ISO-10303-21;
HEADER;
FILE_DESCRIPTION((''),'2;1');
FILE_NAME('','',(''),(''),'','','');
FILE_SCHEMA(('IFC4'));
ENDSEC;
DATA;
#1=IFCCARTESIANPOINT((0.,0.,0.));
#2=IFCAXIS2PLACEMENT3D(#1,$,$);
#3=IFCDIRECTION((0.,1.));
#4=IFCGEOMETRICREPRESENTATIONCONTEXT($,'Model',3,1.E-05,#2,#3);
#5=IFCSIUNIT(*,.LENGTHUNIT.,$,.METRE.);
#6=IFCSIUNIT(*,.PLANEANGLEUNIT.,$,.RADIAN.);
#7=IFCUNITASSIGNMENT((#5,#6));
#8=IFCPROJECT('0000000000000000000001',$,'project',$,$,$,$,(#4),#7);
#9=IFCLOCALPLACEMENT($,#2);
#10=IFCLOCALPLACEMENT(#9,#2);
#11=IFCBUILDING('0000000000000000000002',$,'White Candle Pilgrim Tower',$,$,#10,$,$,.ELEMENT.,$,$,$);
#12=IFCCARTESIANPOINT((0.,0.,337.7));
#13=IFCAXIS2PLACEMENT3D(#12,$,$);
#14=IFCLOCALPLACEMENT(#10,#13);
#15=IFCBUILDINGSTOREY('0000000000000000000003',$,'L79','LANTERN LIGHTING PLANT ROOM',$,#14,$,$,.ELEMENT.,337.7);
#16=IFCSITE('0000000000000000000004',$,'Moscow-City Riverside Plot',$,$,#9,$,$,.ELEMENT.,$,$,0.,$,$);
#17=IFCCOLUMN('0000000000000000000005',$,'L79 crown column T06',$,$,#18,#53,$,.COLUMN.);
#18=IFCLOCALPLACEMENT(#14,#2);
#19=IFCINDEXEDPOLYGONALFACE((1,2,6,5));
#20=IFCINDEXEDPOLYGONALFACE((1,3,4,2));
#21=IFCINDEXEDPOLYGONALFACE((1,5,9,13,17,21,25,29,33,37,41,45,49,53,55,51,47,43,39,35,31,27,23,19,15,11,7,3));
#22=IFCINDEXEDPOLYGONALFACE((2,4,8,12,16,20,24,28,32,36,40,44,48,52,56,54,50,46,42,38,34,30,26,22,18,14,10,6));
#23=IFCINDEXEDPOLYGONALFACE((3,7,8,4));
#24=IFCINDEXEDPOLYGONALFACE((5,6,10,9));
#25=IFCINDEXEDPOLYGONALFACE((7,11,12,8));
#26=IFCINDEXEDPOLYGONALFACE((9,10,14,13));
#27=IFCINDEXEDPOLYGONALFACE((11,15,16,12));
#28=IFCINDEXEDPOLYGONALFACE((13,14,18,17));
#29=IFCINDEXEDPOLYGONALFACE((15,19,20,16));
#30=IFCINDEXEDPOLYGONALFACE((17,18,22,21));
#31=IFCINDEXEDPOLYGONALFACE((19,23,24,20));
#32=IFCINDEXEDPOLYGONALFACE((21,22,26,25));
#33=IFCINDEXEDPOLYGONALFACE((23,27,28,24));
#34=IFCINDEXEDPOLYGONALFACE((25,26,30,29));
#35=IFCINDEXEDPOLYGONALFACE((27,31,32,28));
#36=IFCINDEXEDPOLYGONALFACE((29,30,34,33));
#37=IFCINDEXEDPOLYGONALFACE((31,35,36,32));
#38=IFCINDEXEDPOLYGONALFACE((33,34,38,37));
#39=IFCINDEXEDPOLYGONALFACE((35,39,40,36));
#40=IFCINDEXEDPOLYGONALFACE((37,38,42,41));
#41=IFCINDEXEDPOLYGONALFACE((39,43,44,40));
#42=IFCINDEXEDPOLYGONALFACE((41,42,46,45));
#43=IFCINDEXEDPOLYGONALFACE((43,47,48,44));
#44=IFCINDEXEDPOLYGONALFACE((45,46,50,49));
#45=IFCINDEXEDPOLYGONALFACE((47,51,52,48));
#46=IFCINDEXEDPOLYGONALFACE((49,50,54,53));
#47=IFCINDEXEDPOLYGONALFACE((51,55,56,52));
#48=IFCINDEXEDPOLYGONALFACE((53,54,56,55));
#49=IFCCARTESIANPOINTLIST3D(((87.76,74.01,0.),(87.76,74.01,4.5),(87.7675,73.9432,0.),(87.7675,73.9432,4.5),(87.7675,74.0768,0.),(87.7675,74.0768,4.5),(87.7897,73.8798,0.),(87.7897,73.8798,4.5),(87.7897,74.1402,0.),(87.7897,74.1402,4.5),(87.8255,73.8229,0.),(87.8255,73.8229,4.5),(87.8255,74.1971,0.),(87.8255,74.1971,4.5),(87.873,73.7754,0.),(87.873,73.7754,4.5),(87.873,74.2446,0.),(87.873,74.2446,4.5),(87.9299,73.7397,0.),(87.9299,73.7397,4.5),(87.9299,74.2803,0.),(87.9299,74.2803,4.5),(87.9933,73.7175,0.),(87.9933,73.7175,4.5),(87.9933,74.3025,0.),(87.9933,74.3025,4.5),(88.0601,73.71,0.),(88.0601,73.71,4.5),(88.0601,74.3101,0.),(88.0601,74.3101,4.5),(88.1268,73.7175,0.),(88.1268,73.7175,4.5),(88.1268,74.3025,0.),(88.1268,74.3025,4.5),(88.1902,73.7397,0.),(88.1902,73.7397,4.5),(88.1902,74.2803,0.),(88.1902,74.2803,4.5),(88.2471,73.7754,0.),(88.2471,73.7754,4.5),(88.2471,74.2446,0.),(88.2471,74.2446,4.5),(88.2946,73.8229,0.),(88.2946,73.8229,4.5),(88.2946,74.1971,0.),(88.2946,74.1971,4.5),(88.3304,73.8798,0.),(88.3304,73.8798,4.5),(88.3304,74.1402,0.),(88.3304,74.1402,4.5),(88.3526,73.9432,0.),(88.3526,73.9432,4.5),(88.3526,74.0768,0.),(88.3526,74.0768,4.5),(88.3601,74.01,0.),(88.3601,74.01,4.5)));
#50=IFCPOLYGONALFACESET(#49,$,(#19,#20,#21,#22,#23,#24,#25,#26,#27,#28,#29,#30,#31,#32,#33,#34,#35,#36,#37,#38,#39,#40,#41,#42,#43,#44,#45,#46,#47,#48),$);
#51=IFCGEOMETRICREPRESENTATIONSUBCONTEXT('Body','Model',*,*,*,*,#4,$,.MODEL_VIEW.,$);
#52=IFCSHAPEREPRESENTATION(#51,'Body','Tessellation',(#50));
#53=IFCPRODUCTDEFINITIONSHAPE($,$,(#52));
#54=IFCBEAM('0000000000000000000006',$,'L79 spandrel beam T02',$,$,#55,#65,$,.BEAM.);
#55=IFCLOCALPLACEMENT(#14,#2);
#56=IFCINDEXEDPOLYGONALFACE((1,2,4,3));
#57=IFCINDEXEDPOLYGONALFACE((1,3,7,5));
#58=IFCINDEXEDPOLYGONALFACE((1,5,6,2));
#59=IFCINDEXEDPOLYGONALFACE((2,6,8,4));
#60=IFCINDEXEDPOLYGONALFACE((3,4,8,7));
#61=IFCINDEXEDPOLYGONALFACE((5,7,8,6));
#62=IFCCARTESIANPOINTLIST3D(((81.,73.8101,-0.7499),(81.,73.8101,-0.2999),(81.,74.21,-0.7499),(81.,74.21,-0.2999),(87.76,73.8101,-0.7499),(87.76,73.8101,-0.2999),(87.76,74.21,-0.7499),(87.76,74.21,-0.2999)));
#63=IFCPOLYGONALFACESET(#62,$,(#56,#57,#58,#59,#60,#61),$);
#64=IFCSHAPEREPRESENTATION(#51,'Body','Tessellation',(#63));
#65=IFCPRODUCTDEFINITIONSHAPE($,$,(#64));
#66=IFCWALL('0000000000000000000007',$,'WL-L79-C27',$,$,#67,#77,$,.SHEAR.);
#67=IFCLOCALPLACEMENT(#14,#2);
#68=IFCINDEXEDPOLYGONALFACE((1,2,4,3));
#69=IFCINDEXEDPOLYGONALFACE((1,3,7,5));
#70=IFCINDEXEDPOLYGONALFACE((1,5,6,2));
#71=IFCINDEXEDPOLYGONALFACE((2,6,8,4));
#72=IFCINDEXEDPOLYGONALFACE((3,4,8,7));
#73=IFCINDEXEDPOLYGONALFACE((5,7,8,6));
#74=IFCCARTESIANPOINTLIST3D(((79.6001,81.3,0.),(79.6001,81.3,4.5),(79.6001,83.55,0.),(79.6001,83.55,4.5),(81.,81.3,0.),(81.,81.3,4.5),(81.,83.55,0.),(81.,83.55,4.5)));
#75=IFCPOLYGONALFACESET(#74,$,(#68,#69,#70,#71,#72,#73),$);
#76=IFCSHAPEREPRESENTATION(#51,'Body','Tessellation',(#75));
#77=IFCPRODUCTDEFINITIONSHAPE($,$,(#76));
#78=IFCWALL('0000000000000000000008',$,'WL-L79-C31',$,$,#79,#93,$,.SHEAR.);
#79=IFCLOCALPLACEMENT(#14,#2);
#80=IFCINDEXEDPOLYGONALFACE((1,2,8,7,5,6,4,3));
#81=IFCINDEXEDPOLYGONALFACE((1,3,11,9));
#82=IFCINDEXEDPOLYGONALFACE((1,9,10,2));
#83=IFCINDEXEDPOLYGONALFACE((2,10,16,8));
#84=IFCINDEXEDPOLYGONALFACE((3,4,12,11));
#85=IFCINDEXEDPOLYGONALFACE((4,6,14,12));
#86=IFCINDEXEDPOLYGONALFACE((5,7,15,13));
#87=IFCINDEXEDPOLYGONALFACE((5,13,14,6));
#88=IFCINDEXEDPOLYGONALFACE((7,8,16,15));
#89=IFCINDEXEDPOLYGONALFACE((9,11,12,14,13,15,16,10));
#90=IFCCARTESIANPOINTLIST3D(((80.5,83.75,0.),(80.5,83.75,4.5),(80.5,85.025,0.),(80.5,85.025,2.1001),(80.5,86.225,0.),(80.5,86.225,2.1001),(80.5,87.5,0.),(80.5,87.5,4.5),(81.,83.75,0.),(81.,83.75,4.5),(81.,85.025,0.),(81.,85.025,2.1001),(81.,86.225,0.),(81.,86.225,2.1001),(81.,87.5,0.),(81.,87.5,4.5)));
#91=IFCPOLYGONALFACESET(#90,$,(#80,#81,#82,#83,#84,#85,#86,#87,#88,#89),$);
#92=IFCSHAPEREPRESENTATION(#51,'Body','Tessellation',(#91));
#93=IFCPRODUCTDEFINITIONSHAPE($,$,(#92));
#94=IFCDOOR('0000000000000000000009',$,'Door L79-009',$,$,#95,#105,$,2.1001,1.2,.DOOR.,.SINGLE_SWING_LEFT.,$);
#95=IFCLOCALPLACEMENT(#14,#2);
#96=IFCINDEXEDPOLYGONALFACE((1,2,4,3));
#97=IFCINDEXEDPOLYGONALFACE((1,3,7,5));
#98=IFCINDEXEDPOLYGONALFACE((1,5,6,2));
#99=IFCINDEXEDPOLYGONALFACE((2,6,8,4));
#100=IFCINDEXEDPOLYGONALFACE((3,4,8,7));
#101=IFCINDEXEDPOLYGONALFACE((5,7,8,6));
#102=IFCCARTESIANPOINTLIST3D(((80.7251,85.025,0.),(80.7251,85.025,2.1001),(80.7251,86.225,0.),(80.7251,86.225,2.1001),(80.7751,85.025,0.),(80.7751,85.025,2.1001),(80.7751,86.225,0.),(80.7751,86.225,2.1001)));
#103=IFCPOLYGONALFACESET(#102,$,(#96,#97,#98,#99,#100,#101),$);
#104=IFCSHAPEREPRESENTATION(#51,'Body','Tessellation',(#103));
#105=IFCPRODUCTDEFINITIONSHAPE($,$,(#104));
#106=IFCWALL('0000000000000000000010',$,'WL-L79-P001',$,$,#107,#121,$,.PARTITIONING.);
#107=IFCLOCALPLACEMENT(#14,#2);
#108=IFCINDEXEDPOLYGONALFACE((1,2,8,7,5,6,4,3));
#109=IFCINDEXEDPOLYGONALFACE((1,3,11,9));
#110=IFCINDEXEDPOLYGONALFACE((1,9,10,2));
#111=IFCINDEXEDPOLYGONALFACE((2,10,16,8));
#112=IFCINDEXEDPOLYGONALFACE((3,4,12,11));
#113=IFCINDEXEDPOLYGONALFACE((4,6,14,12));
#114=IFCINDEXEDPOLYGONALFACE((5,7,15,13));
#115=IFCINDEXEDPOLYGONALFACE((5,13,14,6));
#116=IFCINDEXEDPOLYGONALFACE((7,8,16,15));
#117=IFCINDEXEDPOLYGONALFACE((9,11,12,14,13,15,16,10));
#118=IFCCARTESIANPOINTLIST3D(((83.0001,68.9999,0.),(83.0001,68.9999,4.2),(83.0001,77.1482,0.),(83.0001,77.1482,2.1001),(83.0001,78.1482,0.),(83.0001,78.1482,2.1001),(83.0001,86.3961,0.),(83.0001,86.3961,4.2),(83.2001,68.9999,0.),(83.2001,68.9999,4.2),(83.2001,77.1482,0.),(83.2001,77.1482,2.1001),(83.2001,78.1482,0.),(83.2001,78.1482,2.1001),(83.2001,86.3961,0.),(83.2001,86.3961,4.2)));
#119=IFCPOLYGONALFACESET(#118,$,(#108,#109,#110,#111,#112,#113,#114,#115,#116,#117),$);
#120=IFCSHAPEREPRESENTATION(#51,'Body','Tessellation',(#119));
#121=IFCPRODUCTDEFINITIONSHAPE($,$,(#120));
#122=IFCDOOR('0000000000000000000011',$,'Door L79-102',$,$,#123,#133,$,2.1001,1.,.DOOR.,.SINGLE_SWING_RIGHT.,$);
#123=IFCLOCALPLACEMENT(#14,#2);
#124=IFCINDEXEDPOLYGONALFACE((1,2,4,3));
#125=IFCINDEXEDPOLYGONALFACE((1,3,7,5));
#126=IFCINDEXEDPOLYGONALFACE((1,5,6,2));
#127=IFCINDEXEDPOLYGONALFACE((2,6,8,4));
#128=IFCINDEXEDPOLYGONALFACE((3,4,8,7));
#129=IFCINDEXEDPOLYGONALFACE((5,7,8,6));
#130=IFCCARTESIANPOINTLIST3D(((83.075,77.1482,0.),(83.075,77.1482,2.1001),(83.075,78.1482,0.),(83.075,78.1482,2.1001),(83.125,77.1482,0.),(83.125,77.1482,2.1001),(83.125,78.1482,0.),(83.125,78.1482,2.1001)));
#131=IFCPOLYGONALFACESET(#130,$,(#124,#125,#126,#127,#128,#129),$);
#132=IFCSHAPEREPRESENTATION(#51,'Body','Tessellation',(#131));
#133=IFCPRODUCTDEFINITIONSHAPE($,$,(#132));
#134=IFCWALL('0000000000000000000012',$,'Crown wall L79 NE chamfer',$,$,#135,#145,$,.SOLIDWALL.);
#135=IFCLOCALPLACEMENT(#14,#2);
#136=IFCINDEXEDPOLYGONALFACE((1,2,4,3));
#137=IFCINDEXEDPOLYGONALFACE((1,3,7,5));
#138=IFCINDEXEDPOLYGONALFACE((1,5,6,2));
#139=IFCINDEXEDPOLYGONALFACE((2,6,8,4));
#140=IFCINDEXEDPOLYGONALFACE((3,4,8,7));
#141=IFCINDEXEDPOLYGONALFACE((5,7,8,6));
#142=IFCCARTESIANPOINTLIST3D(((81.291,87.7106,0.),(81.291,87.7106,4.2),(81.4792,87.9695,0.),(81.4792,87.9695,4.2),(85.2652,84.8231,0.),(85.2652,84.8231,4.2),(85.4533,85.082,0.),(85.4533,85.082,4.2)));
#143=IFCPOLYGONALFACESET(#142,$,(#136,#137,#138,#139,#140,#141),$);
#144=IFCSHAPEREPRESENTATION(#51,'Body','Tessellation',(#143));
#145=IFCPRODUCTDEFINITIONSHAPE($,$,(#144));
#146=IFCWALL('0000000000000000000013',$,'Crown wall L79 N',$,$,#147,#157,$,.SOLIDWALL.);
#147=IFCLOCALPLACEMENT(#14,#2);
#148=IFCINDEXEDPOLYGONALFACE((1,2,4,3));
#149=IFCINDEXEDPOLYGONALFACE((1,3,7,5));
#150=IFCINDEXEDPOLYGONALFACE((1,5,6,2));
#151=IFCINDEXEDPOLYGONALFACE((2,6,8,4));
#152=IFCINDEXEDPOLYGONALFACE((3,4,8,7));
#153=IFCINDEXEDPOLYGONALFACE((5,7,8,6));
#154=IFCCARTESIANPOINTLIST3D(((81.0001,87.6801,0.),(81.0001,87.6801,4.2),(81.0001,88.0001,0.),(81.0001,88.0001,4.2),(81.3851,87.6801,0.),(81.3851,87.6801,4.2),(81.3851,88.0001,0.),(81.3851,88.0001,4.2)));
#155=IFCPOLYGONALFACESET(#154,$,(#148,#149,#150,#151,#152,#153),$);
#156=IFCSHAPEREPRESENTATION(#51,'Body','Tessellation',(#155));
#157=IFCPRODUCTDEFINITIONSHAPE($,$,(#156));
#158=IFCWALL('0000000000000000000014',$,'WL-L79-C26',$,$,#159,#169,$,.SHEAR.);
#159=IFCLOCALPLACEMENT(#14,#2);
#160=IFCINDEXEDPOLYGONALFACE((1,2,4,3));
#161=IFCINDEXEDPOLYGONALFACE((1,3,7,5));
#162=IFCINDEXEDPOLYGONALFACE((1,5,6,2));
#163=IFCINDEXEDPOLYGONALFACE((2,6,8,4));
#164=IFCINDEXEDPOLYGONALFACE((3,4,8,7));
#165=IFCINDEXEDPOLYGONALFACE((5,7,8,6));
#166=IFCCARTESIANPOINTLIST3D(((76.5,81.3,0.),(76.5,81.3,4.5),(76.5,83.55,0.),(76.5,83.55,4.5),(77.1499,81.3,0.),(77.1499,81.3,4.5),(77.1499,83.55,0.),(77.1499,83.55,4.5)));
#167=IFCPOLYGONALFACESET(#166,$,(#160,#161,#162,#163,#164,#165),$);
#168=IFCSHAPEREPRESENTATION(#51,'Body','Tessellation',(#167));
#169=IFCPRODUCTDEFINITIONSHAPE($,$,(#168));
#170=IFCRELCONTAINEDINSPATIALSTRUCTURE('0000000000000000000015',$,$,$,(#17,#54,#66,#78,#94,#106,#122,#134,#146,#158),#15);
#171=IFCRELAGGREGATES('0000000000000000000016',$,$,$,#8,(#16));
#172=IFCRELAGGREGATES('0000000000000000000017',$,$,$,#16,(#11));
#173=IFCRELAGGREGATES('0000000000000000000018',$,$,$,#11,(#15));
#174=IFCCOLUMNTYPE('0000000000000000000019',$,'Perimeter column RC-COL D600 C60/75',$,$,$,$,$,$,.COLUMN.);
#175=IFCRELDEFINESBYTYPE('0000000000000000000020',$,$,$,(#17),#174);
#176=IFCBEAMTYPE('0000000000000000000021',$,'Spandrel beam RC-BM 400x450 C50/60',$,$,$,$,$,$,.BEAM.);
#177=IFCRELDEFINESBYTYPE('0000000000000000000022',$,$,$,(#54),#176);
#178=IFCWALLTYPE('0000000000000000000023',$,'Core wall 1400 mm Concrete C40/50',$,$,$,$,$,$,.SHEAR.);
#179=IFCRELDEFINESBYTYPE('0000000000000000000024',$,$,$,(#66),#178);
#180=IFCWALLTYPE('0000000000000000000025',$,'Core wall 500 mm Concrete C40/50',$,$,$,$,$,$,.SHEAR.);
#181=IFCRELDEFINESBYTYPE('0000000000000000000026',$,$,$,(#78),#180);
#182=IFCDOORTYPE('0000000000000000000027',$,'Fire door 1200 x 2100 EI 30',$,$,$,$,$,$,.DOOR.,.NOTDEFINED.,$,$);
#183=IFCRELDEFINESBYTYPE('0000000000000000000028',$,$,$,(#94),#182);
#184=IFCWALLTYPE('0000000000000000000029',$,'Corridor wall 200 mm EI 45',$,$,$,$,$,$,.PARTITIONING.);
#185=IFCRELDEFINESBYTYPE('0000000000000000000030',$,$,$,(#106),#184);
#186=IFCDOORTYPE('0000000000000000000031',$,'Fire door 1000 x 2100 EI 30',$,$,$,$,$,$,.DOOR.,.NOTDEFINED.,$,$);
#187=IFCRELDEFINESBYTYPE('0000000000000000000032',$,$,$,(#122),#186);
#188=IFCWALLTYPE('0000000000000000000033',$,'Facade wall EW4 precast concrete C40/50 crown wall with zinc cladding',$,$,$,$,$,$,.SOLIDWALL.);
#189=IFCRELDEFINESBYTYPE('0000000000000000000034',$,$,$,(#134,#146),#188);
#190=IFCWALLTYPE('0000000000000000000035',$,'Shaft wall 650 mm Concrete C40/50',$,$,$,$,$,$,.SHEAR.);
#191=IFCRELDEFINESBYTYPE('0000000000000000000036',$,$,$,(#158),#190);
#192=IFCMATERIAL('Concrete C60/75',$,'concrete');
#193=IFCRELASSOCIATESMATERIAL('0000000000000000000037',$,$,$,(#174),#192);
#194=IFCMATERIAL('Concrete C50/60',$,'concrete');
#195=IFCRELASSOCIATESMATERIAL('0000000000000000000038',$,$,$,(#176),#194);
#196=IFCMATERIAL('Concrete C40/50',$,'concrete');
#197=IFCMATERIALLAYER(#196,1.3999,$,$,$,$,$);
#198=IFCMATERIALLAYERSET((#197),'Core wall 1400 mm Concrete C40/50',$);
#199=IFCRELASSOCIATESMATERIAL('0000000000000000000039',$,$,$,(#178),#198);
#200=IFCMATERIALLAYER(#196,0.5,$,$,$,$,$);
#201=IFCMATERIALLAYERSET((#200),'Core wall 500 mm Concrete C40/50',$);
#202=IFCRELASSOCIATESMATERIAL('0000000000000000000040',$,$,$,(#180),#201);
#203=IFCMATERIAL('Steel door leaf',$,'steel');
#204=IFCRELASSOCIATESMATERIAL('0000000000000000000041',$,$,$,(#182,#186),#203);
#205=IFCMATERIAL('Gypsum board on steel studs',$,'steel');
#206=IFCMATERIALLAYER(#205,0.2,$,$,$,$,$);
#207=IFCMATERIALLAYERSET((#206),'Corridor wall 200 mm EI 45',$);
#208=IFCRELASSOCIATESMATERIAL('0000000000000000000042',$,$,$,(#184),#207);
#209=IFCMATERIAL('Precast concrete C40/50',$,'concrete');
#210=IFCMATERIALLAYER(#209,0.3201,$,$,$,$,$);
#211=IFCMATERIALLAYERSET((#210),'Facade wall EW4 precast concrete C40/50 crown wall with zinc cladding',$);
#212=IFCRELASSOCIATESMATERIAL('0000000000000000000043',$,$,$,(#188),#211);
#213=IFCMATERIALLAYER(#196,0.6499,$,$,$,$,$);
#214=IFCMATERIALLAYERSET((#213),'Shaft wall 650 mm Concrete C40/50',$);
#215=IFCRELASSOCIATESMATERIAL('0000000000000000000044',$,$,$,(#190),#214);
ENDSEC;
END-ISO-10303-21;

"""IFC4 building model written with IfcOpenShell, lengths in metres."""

from ifc_helpers import new_model, si_unit, direction, frame, frame_2d, origin, origin_2d, place, context, subcontext, project, spatial, rectangle, circle, extrude, material, layer, layer_set, material_profile, profile_set, type_object, element, fill, save


model = new_model("IFC4")

# Units and contexts
model_context = context("Model", 3, precision=1e-05, world=origin(), true_north=direction((0.0, 1.0)))
body_context = subcontext(model_context, "Body", "Model", "MODEL_VIEW")
ifc_project = project(units=[si_unit("LENGTHUNIT", "METRE"), si_unit("PLANEANGLEUNIT", "RADIAN")], contexts=[model_context])

# Site, building, storey
site_placement = place(None, origin())
site = spatial("IfcSite", under=ifc_project, at=site_placement, Name="Moscow-City Riverside Plot", CompositionType="ELEMENT", RefElevation=0.0)
building_placement = place(site_placement, origin())
building = spatial("IfcBuilding", under=site, at=building_placement, Name="White Candle Pilgrim Tower", CompositionType="ELEMENT")
storey_placement = place(building_placement, frame((0.0, 0.0, 337.7)))
storey = spatial("IfcBuildingStorey", under=building, at=storey_placement, Name="L79", Description="LANTERN LIGHTING PLANT ROOM", CompositionType="ELEMENT", Elevation=337.7)

# Column
ifc_material_1 = material(Name="Concrete C60/75", Category="concrete")
ifc_material_profile_1 = material_profile(ifc_material_1, circle(Radius=0.3, at=origin_2d()), Name="RC-COL D600")
ifc_profile_set_1 = profile_set([ifc_material_profile_1], Name="Concrete C60/75")
column_type = type_object("IfcColumnType", Name="Perimeter column RC-COL D600 C60/75", PredefinedType="COLUMN", material=ifc_profile_set_1)
column_placement = place(storey_placement, frame((88.0601, 74.01, 0.0), z_axis=(0.0, 0.0, 1.0), x_axis=(1.0, 0.0, 0.0)))
element("IfcColumn", 1, at=column_placement, inside=storey, type_object=column_type, Name="L79 crown column T06", PredefinedType="COLUMN", context=body_context, shape_type="SweptSolid", body=[
    extrude(circle(Radius=0.3, at=origin_2d()), origin(), (0.0, 0.0, 1.0), 4.5),
])

# Beam
ifc_material_2 = material(Name="Concrete C50/60", Category="concrete")
ifc_material_profile_2 = material_profile(ifc_material_2, rectangle(XDim=0.3999, YDim=0.45, at=origin_2d()), Name="RC-BM 400x450")
ifc_profile_set_2 = profile_set([ifc_material_profile_2], Name="Concrete C50/60")
beam_type = type_object("IfcBeamType", Name="Spandrel beam RC-BM 400x450 C50/60", PredefinedType="BEAM", material=ifc_profile_set_2)
beam_placement = place(storey_placement, frame((87.76, 74.01, -0.5249), z_axis=(-1.0, 0.0, 0.0), x_axis=(0.0, -1.0, 0.0)))
element("IfcBeam", 2, at=beam_placement, inside=storey, type_object=beam_type, Name="L79 spandrel beam T02", PredefinedType="BEAM", context=body_context, shape_type="SweptSolid", body=[
    extrude(rectangle(XDim=0.3999, YDim=0.45, at=origin_2d()), origin(), (0.0, 0.0, 1.0), 6.76),
])

# Wall
ifc_material_3 = material(Name="Concrete C40/50", Category="concrete")
ifc_layer_1 = layer(ifc_material_3, 1.3999)
ifc_layer_set_1 = layer_set([ifc_layer_1], Name="Core wall 1400 mm Concrete C40/50")
wall_type_1 = type_object("IfcWallType", Name="Core wall 1400 mm Concrete C40/50", PredefinedType="SHEAR", material=ifc_layer_set_1)
wall_1_placement = place(storey_placement, frame((80.3, 81.3, 0.0), z_axis=(0.0, 0.0, 1.0), x_axis=(0.0, 1.0, 0.0)))
element("IfcWall", 3, at=wall_1_placement, inside=storey, type_object=wall_type_1, Name="WL-L79-C27", PredefinedType="SHEAR", context=body_context, shape_type="SweptSolid", body=[
    extrude(rectangle(XDim=2.25, YDim=1.3999, at=frame_2d((1.125, 0.0))), origin(), (0.0, 0.0, 1.0), 4.5),
])

# Walls, openings, doors
ifc_layer_2 = layer(ifc_material_3, 0.5)
ifc_layer_set_2 = layer_set([ifc_layer_2], Name="Core wall 500 mm Concrete C40/50")
wall_type_2 = type_object("IfcWallType", Name="Core wall 500 mm Concrete C40/50", PredefinedType="SHEAR", material=ifc_layer_set_2)
wall_2_placement = place(storey_placement, frame((80.75, 83.75, 0.0), z_axis=(0.0, 0.0, 1.0), x_axis=(0.0, 1.0, 0.0)))
wall_2 = element("IfcWall", 4, at=wall_2_placement, inside=storey, type_object=wall_type_2, Name="WL-L79-C31", PredefinedType="SHEAR", context=body_context, shape_type="SweptSolid", body=[
    extrude(rectangle(XDim=3.75, YDim=0.5, at=frame_2d((1.875, 0.0))), origin(), (0.0, 0.0, 1.0), 4.5),
])
opening_1_placement = place(wall_2_placement, frame((1.2749, 0.0, 0.0)))
opening_1 = element("IfcOpeningElement", 5, at=opening_1_placement, cuts=wall_2, PredefinedType="OPENING", context=body_context, shape_type="SweptSolid", body=[
    extrude(rectangle(XDim=1.2, YDim=2.1001, at=frame_2d((0.6001, 1.05))), frame((0.0, 0.26, 0.0), z_axis=(0.0, -1.0, 0.0), x_axis=(1.0, 0.0, 0.0)), (0.0, 0.0, 1.0), 0.52),
])
ifc_material_4 = material(Name="Steel door leaf", Category="steel")
door_type_1 = type_object("IfcDoorType", Name="Fire door 1200 x 2100 EI 30", OperationType="NOTDEFINED", PredefinedType="DOOR", material=ifc_material_4)
door_1_placement = place(opening_1_placement, origin())
door_1 = element("IfcDoor", 6, at=door_1_placement, inside=storey, type_object=door_type_1, Name="Door L79-009", OperationType="SINGLE_SWING_LEFT", OverallHeight=2.1001, OverallWidth=1.2, PredefinedType="DOOR", context=body_context, shape_type="SweptSolid", body=[
    extrude(rectangle(XDim=1.2, YDim=2.1001, at=frame_2d((0.6001, 1.05))), frame((0.0, 0.0249, 0.0), z_axis=(0.0, -1.0, 0.0), x_axis=(1.0, 0.0, 0.0)), (0.0, 0.0, 1.0), 0.05),
])
fill(opening_1, door_1)
ifc_material_5 = material(Name="Gypsum board on steel studs", Category="steel")
ifc_layer_3 = layer(ifc_material_5, 0.2)
ifc_layer_set_3 = layer_set([ifc_layer_3], Name="Corridor wall 200 mm EI 45")
wall_type_3 = type_object("IfcWallType", Name="Corridor wall 200 mm EI 45", PredefinedType="PARTITIONING", material=ifc_layer_set_3)
wall_3_placement = place(storey_placement, frame((83.1001, 86.3962, 0.0), z_axis=(0.0, 0.0, 1.0), x_axis=(0.0, -1.0, 0.0)))
wall_3 = element("IfcWall", 7, at=wall_3_placement, inside=storey, type_object=wall_type_3, Name="WL-L79-P001", PredefinedType="PARTITIONING", context=body_context, shape_type="SweptSolid", body=[
    extrude(rectangle(XDim=17.3962, YDim=0.2, at=frame_2d((8.6982, 0.0))), origin(), (0.0, 0.0, 1.0), 4.2),
])
opening_2_placement = place(wall_3_placement, frame((8.248, 0.0, 0.0)))
opening_2 = element("IfcOpeningElement", 8, at=opening_2_placement, cuts=wall_3, PredefinedType="OPENING", context=body_context, shape_type="SweptSolid", body=[
    extrude(rectangle(XDim=1.0, YDim=2.1001, at=frame_2d((0.5, 1.05))), frame((0.0, 0.1099, 0.0), z_axis=(0.0, -1.0, 0.0), x_axis=(1.0, 0.0, 0.0)), (0.0, 0.0, 1.0), 0.22),
])
door_type_2 = type_object("IfcDoorType", Name="Fire door 1000 x 2100 EI 30", OperationType="NOTDEFINED", PredefinedType="DOOR", material=ifc_material_4)
door_2_placement = place(opening_2_placement, origin())
door_2 = element("IfcDoor", 9, at=door_2_placement, inside=storey, type_object=door_type_2, Name="Door L79-102", OperationType="SINGLE_SWING_RIGHT", OverallHeight=2.1001, OverallWidth=1.0, PredefinedType="DOOR", context=body_context, shape_type="SweptSolid", body=[
    extrude(rectangle(XDim=1.0, YDim=2.1001, at=frame_2d((0.5, 1.05))), frame((0.0, 0.0249, 0.0), z_axis=(0.0, -1.0, 0.0), x_axis=(1.0, 0.0, 0.0)), (0.0, 0.0, 1.0), 0.05),
])
fill(opening_2, door_2)

# Walls
ifc_material_6 = material(Name="Precast concrete C40/50", Category="concrete")
ifc_layer_4 = layer(ifc_material_6, 0.3201)
ifc_layer_set_4 = layer_set([ifc_layer_4], Name="Facade wall EW4 precast concrete C40/50 crown wall with zinc cladding")
wall_type_4 = type_object("IfcWallType", Name="Facade wall EW4 precast concrete C40/50 crown wall with zinc cladding", PredefinedType="SOLIDWALL", material=ifc_layer_set_4)
wall_4_placement = place(storey_placement, frame((85.3591, 84.9526, 0.0), z_axis=(0.0, 0.0, 1.0), x_axis=(-0.809009, 0.587796, 0.0)))
element("IfcWall", 10, at=wall_4_placement, inside=storey, type_object=wall_type_4, Name="Crown wall L79 NE chamfer", PredefinedType="SOLIDWALL", context=body_context, shape_type="SweptSolid", body=[
    extrude(rectangle(XDim=4.9124, YDim=0.3201, at=frame_2d((2.4561, 0.0))), origin(), (0.0, 0.0, 1.0), 4.2),
])
wall_5_placement = place(storey_placement, frame((81.385, 87.8401, 0.0), z_axis=(0.0, 0.0, 1.0), x_axis=(-1.0, 0.0, 0.0)))
element("IfcWall", 11, at=wall_5_placement, inside=storey, type_object=wall_type_4, Name="Crown wall L79 N", PredefinedType="SOLIDWALL", context=body_context, shape_type="SweptSolid", body=[
    extrude(rectangle(XDim=0.385, YDim=0.3201, at=frame_2d((0.1924, 0.0))), origin(), (0.0, 0.0, 1.0), 4.2),
])
ifc_layer_5 = layer(ifc_material_3, 0.6499)
ifc_layer_set_5 = layer_set([ifc_layer_5], Name="Shaft wall 650 mm Concrete C40/50")
wall_type_5 = type_object("IfcWallType", Name="Shaft wall 650 mm Concrete C40/50", PredefinedType="SHEAR", material=ifc_layer_set_5)
wall_6_placement = place(storey_placement, frame((76.825, 81.3, 0.0), z_axis=(0.0, 0.0, 1.0), x_axis=(0.0, 1.0, 0.0)))
element("IfcWall", 12, at=wall_6_placement, inside=storey, type_object=wall_type_5, Name="WL-L79-C26", PredefinedType="SHEAR", context=body_context, shape_type="SweptSolid", body=[
    extrude(rectangle(XDim=2.25, YDim=0.6499, at=frame_2d((1.125, 0.0))), origin(), (0.0, 0.0, 1.0), 4.5),
])

save(model, "model.ifc")
